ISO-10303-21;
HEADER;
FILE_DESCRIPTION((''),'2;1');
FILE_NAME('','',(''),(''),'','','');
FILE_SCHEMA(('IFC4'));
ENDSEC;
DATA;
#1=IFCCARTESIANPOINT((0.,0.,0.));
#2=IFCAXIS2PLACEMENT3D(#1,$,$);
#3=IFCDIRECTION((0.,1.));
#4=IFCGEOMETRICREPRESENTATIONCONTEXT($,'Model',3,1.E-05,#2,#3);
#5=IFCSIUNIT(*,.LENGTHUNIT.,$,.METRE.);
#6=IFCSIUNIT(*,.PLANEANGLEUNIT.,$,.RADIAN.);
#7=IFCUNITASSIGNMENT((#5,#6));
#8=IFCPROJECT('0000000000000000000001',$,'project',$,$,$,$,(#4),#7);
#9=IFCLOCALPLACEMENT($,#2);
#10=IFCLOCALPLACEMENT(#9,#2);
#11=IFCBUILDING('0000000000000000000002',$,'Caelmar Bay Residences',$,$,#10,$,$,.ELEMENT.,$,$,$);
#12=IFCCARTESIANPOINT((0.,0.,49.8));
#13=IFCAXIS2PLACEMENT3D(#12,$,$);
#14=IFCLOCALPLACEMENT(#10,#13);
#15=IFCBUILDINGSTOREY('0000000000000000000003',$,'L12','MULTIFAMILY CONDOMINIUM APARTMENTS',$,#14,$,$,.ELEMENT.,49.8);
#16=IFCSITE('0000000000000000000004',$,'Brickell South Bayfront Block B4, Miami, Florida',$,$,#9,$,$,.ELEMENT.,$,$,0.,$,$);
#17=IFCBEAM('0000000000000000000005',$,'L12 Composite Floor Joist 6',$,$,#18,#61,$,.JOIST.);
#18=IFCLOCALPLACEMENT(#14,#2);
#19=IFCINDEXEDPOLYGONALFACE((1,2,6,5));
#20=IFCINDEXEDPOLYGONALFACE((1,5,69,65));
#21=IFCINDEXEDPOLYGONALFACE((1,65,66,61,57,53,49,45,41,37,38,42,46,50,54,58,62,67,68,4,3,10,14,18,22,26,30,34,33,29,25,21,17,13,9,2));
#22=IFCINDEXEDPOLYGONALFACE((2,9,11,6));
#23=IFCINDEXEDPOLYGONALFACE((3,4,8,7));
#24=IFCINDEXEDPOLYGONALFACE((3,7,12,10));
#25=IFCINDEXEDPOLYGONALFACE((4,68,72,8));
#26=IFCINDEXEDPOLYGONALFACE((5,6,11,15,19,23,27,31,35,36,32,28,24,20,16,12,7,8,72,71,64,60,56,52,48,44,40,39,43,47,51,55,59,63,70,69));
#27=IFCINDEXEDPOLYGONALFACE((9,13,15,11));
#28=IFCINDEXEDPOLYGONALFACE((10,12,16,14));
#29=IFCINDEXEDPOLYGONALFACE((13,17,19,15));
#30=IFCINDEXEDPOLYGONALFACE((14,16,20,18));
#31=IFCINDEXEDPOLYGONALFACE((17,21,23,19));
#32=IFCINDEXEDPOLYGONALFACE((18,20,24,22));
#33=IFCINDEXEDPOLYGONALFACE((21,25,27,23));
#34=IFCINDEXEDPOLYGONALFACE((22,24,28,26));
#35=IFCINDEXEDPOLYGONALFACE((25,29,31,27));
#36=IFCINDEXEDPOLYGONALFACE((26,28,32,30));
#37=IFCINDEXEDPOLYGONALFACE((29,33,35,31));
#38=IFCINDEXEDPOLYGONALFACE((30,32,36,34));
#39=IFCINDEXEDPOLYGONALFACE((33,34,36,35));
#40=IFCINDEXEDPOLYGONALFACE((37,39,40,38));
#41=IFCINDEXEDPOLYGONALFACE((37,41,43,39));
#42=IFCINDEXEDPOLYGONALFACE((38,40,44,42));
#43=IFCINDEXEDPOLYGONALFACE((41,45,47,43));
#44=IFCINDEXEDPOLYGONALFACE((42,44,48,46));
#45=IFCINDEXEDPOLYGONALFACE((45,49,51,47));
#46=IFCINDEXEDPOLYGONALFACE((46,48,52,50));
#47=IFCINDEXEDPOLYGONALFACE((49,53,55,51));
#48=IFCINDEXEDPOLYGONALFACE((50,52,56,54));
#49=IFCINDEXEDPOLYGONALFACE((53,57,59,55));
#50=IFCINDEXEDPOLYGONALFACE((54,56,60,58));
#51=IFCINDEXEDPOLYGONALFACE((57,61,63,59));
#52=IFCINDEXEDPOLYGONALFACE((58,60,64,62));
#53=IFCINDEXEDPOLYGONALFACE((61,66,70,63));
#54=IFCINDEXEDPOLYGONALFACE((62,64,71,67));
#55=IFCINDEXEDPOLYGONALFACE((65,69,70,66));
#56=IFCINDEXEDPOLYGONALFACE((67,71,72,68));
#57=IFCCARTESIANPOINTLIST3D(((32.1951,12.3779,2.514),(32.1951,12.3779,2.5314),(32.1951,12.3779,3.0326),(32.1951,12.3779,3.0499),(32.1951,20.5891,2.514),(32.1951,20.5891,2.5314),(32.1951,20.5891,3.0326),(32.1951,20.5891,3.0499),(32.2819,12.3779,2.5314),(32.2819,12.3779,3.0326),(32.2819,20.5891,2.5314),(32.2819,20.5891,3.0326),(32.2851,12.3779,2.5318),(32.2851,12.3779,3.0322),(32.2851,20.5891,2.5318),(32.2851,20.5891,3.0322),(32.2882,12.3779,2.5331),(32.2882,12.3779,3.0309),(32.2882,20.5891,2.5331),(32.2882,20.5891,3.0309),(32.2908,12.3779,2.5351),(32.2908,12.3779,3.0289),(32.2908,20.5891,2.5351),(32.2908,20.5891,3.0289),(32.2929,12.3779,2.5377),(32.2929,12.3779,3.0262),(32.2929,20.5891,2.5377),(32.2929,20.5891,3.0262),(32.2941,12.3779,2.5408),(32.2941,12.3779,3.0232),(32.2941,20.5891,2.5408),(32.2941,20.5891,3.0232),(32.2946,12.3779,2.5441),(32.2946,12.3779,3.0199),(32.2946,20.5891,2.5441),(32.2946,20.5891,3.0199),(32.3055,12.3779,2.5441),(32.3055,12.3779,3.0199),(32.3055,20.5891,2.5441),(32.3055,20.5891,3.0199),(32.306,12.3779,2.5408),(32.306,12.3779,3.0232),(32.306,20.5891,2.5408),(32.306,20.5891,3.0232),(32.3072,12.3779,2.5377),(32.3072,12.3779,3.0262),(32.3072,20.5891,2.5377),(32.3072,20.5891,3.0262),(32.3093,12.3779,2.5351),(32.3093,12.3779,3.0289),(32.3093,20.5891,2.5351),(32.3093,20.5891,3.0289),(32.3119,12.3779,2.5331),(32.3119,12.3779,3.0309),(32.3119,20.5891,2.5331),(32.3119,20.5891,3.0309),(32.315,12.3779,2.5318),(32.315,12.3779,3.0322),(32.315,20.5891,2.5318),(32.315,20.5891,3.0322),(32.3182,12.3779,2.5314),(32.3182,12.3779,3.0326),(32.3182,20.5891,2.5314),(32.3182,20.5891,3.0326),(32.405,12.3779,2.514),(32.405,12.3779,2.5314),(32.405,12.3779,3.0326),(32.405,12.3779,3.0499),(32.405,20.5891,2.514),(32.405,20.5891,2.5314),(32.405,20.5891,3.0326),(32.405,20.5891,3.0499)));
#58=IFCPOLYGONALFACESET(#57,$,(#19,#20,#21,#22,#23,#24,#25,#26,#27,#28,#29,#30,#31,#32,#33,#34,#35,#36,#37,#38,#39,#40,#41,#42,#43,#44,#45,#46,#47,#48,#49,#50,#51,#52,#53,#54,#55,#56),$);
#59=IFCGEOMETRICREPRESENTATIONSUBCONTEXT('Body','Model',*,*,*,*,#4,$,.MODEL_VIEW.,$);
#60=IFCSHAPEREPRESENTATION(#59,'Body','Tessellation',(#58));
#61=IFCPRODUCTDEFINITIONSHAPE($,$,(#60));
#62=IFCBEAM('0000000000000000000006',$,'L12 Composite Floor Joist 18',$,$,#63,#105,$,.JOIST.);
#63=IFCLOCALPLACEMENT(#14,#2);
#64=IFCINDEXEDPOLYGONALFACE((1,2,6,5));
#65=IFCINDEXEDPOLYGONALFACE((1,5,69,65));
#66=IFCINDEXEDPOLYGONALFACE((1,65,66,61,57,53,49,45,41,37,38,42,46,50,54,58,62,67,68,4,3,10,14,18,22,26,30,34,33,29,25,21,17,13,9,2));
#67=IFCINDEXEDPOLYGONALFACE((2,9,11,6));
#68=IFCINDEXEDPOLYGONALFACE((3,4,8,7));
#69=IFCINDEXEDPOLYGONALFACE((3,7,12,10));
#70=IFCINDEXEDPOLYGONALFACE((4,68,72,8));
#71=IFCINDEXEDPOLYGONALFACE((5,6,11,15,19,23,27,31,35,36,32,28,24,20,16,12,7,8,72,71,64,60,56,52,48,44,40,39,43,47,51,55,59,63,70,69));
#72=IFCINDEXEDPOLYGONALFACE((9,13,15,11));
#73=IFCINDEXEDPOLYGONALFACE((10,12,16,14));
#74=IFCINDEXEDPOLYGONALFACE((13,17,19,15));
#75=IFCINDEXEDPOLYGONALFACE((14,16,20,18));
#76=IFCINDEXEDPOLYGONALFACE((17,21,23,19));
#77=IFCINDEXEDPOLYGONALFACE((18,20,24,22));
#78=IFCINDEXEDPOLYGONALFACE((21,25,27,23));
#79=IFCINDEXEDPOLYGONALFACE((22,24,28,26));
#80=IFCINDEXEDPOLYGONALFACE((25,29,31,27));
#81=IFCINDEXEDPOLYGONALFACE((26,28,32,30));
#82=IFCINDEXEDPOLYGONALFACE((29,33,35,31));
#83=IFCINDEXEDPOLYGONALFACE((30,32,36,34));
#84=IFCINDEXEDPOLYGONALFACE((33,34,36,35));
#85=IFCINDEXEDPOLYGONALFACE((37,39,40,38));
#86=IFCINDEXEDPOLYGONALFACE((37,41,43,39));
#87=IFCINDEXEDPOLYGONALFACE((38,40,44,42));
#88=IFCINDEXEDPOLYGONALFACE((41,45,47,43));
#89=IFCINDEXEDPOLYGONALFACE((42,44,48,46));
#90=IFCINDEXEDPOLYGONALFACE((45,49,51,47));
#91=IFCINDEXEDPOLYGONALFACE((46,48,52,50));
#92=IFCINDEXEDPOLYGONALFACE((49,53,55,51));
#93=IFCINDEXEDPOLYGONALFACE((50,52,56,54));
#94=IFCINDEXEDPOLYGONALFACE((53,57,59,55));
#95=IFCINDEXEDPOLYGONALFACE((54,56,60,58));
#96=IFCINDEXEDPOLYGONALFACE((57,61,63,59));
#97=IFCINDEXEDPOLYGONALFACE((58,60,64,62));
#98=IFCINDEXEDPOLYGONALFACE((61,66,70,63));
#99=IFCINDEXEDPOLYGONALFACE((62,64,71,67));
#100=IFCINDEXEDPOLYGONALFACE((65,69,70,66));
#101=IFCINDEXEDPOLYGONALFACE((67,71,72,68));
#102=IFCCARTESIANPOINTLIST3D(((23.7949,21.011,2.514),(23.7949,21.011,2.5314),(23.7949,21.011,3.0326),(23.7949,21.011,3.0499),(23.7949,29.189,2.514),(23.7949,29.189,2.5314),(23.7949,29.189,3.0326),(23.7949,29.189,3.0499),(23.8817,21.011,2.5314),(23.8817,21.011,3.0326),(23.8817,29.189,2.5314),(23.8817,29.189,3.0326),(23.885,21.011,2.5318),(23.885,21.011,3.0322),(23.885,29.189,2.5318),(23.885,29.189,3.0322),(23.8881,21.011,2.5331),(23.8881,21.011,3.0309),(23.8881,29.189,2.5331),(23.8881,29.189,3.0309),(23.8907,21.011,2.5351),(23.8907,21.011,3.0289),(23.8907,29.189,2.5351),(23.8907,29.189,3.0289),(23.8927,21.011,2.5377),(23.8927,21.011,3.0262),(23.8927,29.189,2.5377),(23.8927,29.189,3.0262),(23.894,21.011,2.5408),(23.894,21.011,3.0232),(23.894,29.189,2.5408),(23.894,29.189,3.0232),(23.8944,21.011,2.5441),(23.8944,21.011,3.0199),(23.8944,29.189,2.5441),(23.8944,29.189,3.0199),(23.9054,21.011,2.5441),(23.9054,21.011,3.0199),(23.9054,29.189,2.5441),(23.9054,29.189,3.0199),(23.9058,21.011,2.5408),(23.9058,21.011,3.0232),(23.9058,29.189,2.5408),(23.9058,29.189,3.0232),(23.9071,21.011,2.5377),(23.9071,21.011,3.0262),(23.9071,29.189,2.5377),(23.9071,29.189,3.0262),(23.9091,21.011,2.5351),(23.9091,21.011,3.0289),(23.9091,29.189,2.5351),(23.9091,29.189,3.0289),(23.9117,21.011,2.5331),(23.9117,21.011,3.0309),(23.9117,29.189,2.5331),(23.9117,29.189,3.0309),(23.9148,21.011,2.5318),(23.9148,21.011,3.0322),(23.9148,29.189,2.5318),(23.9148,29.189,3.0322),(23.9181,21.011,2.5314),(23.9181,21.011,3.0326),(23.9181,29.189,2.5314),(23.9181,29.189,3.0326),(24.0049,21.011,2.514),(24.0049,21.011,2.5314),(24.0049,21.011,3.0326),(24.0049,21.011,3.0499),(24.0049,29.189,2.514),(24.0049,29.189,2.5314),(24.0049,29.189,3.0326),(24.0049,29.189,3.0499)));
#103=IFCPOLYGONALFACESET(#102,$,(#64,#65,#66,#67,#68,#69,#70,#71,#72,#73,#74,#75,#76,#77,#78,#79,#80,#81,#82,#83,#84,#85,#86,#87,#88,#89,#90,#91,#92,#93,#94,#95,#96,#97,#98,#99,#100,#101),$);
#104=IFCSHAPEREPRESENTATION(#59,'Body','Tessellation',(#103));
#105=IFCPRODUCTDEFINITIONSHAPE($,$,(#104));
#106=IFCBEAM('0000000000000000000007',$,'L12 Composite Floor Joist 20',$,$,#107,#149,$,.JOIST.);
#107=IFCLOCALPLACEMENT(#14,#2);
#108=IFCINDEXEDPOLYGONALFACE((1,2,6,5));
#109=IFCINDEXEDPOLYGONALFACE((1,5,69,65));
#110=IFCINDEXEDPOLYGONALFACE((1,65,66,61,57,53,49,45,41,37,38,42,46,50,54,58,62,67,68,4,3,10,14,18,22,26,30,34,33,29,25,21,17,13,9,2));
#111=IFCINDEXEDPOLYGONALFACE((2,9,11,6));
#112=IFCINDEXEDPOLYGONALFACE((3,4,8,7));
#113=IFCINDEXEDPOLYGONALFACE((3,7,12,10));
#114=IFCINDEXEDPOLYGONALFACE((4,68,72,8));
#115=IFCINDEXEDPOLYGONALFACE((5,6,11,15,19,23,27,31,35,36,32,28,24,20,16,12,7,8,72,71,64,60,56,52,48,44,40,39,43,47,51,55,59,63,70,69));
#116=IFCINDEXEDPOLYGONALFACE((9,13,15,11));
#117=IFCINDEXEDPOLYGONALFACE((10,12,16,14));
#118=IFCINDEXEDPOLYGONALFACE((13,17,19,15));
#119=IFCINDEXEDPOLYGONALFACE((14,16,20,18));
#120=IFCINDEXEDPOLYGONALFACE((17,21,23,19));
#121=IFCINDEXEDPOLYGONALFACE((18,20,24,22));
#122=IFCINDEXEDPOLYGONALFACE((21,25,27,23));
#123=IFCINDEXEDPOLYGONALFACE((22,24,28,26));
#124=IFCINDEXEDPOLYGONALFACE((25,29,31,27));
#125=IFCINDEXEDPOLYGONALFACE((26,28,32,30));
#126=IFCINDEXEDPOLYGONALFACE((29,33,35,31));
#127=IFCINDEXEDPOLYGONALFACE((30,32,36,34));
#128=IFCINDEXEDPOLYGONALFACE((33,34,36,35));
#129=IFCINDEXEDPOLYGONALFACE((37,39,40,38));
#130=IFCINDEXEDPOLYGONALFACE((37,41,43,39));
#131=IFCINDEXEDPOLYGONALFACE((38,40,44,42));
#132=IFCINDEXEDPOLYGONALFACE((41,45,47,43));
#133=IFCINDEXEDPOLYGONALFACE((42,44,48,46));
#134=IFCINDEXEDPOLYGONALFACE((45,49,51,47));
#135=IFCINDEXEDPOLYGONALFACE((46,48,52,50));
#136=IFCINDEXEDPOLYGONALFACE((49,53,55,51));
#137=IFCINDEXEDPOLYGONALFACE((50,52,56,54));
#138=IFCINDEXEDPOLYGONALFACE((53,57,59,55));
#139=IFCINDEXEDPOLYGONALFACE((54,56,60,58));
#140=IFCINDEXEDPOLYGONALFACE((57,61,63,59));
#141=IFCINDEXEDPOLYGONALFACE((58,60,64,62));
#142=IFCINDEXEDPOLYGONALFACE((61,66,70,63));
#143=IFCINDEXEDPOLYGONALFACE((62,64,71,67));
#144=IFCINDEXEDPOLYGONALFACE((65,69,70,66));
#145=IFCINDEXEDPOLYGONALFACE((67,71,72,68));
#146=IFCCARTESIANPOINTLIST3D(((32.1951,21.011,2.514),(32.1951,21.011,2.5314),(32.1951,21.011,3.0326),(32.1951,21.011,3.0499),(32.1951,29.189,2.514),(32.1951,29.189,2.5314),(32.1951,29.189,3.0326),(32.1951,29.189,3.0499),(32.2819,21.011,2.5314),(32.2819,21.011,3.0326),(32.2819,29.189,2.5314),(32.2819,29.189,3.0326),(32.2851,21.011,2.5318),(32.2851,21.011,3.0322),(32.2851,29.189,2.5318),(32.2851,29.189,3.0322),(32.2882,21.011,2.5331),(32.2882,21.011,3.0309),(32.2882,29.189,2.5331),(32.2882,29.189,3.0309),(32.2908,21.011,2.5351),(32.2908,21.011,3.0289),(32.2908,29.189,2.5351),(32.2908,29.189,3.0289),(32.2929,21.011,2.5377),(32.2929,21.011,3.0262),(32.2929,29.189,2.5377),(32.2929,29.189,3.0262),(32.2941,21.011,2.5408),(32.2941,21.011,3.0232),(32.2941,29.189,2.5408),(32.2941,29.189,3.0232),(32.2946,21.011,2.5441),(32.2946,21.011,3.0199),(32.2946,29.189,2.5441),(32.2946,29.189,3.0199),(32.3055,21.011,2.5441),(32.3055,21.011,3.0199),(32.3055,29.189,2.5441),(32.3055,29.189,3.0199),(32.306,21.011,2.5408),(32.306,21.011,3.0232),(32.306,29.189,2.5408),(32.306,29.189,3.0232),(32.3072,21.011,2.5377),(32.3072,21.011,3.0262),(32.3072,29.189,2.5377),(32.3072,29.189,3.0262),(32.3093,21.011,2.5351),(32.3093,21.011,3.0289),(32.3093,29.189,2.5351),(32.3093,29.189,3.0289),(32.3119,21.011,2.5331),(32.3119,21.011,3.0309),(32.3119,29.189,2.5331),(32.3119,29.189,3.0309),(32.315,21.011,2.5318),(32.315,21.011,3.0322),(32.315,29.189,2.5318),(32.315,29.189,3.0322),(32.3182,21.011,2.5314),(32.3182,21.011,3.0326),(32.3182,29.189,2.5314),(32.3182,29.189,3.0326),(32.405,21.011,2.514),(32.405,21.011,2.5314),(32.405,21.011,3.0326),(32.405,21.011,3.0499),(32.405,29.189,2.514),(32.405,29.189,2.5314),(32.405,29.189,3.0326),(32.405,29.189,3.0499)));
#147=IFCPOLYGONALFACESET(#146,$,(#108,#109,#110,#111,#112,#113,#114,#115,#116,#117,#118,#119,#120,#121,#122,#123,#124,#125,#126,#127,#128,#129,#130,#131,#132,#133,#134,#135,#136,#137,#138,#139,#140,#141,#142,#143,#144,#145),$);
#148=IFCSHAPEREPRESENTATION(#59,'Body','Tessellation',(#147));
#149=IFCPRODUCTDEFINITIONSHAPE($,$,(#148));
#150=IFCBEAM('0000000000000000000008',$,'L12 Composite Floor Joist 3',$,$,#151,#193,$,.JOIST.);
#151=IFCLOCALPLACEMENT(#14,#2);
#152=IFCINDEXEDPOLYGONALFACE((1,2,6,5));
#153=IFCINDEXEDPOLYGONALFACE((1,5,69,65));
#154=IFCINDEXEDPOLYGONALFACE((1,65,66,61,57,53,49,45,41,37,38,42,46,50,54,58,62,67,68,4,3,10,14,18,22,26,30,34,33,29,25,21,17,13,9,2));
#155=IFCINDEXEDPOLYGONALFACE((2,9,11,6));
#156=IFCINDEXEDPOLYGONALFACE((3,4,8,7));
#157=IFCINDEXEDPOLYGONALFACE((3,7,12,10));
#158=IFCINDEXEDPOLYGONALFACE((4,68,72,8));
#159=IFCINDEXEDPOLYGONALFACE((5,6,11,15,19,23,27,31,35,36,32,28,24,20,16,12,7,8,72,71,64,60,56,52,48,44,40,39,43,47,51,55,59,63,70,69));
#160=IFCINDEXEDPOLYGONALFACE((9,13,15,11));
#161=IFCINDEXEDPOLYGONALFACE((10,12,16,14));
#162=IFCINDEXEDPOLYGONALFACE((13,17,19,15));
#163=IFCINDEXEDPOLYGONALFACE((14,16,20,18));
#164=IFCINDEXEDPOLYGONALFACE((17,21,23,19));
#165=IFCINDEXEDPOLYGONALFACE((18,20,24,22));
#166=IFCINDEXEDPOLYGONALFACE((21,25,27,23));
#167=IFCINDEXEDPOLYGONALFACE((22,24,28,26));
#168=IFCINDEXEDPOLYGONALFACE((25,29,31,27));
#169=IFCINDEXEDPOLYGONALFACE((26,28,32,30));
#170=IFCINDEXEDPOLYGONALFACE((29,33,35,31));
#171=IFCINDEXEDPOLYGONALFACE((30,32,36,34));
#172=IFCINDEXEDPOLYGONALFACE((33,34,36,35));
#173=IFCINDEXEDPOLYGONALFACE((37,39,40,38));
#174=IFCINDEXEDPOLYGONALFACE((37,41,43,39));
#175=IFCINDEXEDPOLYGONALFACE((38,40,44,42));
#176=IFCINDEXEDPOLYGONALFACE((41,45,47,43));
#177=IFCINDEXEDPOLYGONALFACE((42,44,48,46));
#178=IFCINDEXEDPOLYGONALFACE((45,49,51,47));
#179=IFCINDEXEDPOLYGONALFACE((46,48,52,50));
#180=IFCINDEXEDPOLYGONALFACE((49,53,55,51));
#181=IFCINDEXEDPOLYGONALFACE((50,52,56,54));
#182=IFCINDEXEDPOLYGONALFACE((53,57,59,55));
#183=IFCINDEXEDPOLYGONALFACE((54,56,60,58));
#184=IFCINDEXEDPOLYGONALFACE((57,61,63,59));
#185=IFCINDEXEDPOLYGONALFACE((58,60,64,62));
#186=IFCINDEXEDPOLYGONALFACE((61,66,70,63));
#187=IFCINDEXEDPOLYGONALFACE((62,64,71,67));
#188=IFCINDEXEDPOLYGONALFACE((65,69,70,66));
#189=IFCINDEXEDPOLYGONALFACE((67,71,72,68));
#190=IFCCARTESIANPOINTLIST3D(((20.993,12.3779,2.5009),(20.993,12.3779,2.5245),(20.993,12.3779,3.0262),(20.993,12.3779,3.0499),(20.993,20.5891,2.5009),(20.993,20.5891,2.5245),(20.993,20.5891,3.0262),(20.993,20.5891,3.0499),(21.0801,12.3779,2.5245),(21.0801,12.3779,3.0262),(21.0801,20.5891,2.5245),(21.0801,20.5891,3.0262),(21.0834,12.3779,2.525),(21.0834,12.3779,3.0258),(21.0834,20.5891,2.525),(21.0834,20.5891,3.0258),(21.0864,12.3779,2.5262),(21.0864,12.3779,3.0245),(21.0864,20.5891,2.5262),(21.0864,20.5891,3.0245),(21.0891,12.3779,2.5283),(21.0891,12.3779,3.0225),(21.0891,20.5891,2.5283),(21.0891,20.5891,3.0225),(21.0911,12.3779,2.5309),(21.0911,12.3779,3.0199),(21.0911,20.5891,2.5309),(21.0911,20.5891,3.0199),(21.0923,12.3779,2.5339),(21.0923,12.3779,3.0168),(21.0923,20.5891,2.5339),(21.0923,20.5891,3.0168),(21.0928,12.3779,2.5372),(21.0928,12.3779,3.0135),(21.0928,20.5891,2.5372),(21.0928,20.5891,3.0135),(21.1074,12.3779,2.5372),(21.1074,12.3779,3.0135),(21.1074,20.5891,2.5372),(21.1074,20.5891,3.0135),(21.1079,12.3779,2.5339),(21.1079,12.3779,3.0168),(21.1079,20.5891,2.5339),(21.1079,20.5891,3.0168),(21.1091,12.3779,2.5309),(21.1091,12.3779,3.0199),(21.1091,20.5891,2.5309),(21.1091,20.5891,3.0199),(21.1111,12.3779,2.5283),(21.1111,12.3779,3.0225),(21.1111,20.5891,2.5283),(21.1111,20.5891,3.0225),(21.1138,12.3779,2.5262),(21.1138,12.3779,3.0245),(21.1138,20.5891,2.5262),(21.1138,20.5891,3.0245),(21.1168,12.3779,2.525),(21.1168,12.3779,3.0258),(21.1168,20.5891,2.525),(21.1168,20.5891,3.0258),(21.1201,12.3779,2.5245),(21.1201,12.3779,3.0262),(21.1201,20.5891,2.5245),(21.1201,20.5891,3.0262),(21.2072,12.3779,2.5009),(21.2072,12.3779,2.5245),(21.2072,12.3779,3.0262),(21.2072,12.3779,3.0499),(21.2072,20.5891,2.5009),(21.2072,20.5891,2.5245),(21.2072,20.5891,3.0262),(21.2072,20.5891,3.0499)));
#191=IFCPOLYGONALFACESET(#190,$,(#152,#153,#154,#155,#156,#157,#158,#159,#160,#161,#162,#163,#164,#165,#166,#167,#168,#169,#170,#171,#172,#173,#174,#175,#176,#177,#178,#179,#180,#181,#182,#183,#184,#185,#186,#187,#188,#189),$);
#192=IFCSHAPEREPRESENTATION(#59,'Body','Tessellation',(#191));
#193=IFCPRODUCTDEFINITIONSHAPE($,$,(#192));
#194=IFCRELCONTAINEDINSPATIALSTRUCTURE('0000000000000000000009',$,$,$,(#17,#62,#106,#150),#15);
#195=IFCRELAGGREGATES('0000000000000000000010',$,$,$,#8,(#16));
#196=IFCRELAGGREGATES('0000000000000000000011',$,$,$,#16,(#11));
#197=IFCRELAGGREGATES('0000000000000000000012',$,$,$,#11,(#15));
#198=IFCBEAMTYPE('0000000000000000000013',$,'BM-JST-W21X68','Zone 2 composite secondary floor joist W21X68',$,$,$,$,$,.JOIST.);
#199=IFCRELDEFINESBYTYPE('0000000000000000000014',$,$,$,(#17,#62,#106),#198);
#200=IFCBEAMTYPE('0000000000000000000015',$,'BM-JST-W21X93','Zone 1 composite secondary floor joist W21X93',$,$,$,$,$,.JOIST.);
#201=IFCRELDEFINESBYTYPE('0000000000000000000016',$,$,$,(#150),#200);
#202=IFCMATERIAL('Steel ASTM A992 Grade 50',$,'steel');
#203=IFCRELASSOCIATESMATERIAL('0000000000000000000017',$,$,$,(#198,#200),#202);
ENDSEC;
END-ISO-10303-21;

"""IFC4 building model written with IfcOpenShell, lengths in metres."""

from ifc_helpers import new_model, si_unit, direction, frame, origin, origin_2d, place, context, subcontext, project, spatial, i_section, extrude, material, material_profile, profile_set, type_object, element, save


model = new_model("IFC4")

# Units and contexts
model_context = context("Model", 3, precision=1e-05, world=origin(), true_north=direction((0.0, 1.0)))
body_context = subcontext(model_context, "Body", "Model", "MODEL_VIEW")
ifc_project = project(units=[si_unit("LENGTHUNIT", "METRE"), si_unit("PLANEANGLEUNIT", "RADIAN")], contexts=[model_context])

# Site, building, storey
site_placement = place(None, origin())
site = spatial("IfcSite", under=ifc_project, at=site_placement, Name="Brickell South Bayfront Block B4, Miami, Florida", CompositionType="ELEMENT", RefElevation=0.0)
building_placement = place(site_placement, origin())
building = spatial("IfcBuilding", under=site, at=building_placement, Name="Caelmar Bay Residences", CompositionType="ELEMENT")
storey_placement = place(building_placement, frame((0.0, 0.0, 49.8)))
storey = spatial("IfcBuildingStorey", under=building, at=storey_placement, Name="L12", Description="MULTIFAMILY CONDOMINIUM APARTMENTS", CompositionType="ELEMENT", Elevation=49.8)

# Beams
ifc_material_1 = material(Name="Steel ASTM A992 Grade 50", Category="steel")
ifc_material_profile_1 = material_profile(ifc_material_1, i_section(OverallWidth=0.21, OverallDepth=0.5359, WebThickness=0.011, FlangeThickness=0.0173, FilletRadius=0.0127, at=origin_2d()), Name="W21X68")
ifc_profile_set_1 = profile_set([ifc_material_profile_1], Name="Steel ASTM A992 Grade 50")
beam_type_1 = type_object("IfcBeamType", Name="BM-JST-W21X68", Description="Zone 2 composite secondary floor joist W21X68", PredefinedType="JOIST", material=ifc_profile_set_1)
for number, where, z_axis, x_axis, name in (
    (1, (32.3, 12.3779, 2.782), (0.0, 1.0, 0.0), (-1.0, 0.0, 0.0), "L12 Composite Floor Joist 6"),
):
    element("IfcBeam", number, at=place(storey_placement, frame(where, z_axis=z_axis, x_axis=x_axis)), inside=storey, type_object=beam_type_1, Name=name, PredefinedType="JOIST", context=body_context, shape_type="SweptSolid", body=[
        extrude(i_section(OverallWidth=0.21, OverallDepth=0.5359, WebThickness=0.011, FlangeThickness=0.0173, FilletRadius=0.0127, at=origin_2d()), origin(), (0.0, 0.0, 1.0), 8.2112),
    ])
for number, where, z_axis, x_axis, name in (
    (2, (23.8999, 21.011, 2.782), (0.0, 1.0, 0.0), (-1.0, 0.0, 0.0), "L12 Composite Floor Joist 18"),
    (3, (32.3, 21.011, 2.782), (0.0, 1.0, 0.0), (-1.0, 0.0, 0.0), "L12 Composite Floor Joist 20"),
):
    element("IfcBeam", number, at=place(storey_placement, frame(where, z_axis=z_axis, x_axis=x_axis)), inside=storey, type_object=beam_type_1, Name=name, PredefinedType="JOIST", context=body_context, shape_type="SweptSolid", body=[
        extrude(i_section(OverallWidth=0.21, OverallDepth=0.5359, WebThickness=0.011, FlangeThickness=0.0173, FilletRadius=0.0127, at=origin_2d()), origin(), (0.0, 0.0, 1.0), 8.178),
    ])
ifc_material_profile_2 = material_profile(ifc_material_1, i_section(OverallWidth=0.2141, OverallDepth=0.5491, WebThickness=0.0146, FlangeThickness=0.0237, FilletRadius=0.0127, at=origin_2d()), Name="W21X93")
ifc_profile_set_2 = profile_set([ifc_material_profile_2], Name="Steel ASTM A992 Grade 50")
beam_type_2 = type_object("IfcBeamType", Name="BM-JST-W21X93", Description="Zone 1 composite secondary floor joist W21X93", PredefinedType="JOIST", material=ifc_profile_set_2)
for number, where, z_axis, x_axis, name in (
    (4, (21.1001, 12.3779, 2.7754), (0.0, 1.0, 0.0), (-1.0, 0.0, 0.0), "L12 Composite Floor Joist 3"),
):
    element("IfcBeam", number, at=place(storey_placement, frame(where, z_axis=z_axis, x_axis=x_axis)), inside=storey, type_object=beam_type_2, Name=name, PredefinedType="JOIST", context=body_context, shape_type="SweptSolid", body=[
        extrude(i_section(OverallWidth=0.2141, OverallDepth=0.5491, WebThickness=0.0146, FlangeThickness=0.0237, FilletRadius=0.0127, at=origin_2d()), origin(), (0.0, 0.0, 1.0), 8.2112),
    ])

save(model, "model.ifc")
